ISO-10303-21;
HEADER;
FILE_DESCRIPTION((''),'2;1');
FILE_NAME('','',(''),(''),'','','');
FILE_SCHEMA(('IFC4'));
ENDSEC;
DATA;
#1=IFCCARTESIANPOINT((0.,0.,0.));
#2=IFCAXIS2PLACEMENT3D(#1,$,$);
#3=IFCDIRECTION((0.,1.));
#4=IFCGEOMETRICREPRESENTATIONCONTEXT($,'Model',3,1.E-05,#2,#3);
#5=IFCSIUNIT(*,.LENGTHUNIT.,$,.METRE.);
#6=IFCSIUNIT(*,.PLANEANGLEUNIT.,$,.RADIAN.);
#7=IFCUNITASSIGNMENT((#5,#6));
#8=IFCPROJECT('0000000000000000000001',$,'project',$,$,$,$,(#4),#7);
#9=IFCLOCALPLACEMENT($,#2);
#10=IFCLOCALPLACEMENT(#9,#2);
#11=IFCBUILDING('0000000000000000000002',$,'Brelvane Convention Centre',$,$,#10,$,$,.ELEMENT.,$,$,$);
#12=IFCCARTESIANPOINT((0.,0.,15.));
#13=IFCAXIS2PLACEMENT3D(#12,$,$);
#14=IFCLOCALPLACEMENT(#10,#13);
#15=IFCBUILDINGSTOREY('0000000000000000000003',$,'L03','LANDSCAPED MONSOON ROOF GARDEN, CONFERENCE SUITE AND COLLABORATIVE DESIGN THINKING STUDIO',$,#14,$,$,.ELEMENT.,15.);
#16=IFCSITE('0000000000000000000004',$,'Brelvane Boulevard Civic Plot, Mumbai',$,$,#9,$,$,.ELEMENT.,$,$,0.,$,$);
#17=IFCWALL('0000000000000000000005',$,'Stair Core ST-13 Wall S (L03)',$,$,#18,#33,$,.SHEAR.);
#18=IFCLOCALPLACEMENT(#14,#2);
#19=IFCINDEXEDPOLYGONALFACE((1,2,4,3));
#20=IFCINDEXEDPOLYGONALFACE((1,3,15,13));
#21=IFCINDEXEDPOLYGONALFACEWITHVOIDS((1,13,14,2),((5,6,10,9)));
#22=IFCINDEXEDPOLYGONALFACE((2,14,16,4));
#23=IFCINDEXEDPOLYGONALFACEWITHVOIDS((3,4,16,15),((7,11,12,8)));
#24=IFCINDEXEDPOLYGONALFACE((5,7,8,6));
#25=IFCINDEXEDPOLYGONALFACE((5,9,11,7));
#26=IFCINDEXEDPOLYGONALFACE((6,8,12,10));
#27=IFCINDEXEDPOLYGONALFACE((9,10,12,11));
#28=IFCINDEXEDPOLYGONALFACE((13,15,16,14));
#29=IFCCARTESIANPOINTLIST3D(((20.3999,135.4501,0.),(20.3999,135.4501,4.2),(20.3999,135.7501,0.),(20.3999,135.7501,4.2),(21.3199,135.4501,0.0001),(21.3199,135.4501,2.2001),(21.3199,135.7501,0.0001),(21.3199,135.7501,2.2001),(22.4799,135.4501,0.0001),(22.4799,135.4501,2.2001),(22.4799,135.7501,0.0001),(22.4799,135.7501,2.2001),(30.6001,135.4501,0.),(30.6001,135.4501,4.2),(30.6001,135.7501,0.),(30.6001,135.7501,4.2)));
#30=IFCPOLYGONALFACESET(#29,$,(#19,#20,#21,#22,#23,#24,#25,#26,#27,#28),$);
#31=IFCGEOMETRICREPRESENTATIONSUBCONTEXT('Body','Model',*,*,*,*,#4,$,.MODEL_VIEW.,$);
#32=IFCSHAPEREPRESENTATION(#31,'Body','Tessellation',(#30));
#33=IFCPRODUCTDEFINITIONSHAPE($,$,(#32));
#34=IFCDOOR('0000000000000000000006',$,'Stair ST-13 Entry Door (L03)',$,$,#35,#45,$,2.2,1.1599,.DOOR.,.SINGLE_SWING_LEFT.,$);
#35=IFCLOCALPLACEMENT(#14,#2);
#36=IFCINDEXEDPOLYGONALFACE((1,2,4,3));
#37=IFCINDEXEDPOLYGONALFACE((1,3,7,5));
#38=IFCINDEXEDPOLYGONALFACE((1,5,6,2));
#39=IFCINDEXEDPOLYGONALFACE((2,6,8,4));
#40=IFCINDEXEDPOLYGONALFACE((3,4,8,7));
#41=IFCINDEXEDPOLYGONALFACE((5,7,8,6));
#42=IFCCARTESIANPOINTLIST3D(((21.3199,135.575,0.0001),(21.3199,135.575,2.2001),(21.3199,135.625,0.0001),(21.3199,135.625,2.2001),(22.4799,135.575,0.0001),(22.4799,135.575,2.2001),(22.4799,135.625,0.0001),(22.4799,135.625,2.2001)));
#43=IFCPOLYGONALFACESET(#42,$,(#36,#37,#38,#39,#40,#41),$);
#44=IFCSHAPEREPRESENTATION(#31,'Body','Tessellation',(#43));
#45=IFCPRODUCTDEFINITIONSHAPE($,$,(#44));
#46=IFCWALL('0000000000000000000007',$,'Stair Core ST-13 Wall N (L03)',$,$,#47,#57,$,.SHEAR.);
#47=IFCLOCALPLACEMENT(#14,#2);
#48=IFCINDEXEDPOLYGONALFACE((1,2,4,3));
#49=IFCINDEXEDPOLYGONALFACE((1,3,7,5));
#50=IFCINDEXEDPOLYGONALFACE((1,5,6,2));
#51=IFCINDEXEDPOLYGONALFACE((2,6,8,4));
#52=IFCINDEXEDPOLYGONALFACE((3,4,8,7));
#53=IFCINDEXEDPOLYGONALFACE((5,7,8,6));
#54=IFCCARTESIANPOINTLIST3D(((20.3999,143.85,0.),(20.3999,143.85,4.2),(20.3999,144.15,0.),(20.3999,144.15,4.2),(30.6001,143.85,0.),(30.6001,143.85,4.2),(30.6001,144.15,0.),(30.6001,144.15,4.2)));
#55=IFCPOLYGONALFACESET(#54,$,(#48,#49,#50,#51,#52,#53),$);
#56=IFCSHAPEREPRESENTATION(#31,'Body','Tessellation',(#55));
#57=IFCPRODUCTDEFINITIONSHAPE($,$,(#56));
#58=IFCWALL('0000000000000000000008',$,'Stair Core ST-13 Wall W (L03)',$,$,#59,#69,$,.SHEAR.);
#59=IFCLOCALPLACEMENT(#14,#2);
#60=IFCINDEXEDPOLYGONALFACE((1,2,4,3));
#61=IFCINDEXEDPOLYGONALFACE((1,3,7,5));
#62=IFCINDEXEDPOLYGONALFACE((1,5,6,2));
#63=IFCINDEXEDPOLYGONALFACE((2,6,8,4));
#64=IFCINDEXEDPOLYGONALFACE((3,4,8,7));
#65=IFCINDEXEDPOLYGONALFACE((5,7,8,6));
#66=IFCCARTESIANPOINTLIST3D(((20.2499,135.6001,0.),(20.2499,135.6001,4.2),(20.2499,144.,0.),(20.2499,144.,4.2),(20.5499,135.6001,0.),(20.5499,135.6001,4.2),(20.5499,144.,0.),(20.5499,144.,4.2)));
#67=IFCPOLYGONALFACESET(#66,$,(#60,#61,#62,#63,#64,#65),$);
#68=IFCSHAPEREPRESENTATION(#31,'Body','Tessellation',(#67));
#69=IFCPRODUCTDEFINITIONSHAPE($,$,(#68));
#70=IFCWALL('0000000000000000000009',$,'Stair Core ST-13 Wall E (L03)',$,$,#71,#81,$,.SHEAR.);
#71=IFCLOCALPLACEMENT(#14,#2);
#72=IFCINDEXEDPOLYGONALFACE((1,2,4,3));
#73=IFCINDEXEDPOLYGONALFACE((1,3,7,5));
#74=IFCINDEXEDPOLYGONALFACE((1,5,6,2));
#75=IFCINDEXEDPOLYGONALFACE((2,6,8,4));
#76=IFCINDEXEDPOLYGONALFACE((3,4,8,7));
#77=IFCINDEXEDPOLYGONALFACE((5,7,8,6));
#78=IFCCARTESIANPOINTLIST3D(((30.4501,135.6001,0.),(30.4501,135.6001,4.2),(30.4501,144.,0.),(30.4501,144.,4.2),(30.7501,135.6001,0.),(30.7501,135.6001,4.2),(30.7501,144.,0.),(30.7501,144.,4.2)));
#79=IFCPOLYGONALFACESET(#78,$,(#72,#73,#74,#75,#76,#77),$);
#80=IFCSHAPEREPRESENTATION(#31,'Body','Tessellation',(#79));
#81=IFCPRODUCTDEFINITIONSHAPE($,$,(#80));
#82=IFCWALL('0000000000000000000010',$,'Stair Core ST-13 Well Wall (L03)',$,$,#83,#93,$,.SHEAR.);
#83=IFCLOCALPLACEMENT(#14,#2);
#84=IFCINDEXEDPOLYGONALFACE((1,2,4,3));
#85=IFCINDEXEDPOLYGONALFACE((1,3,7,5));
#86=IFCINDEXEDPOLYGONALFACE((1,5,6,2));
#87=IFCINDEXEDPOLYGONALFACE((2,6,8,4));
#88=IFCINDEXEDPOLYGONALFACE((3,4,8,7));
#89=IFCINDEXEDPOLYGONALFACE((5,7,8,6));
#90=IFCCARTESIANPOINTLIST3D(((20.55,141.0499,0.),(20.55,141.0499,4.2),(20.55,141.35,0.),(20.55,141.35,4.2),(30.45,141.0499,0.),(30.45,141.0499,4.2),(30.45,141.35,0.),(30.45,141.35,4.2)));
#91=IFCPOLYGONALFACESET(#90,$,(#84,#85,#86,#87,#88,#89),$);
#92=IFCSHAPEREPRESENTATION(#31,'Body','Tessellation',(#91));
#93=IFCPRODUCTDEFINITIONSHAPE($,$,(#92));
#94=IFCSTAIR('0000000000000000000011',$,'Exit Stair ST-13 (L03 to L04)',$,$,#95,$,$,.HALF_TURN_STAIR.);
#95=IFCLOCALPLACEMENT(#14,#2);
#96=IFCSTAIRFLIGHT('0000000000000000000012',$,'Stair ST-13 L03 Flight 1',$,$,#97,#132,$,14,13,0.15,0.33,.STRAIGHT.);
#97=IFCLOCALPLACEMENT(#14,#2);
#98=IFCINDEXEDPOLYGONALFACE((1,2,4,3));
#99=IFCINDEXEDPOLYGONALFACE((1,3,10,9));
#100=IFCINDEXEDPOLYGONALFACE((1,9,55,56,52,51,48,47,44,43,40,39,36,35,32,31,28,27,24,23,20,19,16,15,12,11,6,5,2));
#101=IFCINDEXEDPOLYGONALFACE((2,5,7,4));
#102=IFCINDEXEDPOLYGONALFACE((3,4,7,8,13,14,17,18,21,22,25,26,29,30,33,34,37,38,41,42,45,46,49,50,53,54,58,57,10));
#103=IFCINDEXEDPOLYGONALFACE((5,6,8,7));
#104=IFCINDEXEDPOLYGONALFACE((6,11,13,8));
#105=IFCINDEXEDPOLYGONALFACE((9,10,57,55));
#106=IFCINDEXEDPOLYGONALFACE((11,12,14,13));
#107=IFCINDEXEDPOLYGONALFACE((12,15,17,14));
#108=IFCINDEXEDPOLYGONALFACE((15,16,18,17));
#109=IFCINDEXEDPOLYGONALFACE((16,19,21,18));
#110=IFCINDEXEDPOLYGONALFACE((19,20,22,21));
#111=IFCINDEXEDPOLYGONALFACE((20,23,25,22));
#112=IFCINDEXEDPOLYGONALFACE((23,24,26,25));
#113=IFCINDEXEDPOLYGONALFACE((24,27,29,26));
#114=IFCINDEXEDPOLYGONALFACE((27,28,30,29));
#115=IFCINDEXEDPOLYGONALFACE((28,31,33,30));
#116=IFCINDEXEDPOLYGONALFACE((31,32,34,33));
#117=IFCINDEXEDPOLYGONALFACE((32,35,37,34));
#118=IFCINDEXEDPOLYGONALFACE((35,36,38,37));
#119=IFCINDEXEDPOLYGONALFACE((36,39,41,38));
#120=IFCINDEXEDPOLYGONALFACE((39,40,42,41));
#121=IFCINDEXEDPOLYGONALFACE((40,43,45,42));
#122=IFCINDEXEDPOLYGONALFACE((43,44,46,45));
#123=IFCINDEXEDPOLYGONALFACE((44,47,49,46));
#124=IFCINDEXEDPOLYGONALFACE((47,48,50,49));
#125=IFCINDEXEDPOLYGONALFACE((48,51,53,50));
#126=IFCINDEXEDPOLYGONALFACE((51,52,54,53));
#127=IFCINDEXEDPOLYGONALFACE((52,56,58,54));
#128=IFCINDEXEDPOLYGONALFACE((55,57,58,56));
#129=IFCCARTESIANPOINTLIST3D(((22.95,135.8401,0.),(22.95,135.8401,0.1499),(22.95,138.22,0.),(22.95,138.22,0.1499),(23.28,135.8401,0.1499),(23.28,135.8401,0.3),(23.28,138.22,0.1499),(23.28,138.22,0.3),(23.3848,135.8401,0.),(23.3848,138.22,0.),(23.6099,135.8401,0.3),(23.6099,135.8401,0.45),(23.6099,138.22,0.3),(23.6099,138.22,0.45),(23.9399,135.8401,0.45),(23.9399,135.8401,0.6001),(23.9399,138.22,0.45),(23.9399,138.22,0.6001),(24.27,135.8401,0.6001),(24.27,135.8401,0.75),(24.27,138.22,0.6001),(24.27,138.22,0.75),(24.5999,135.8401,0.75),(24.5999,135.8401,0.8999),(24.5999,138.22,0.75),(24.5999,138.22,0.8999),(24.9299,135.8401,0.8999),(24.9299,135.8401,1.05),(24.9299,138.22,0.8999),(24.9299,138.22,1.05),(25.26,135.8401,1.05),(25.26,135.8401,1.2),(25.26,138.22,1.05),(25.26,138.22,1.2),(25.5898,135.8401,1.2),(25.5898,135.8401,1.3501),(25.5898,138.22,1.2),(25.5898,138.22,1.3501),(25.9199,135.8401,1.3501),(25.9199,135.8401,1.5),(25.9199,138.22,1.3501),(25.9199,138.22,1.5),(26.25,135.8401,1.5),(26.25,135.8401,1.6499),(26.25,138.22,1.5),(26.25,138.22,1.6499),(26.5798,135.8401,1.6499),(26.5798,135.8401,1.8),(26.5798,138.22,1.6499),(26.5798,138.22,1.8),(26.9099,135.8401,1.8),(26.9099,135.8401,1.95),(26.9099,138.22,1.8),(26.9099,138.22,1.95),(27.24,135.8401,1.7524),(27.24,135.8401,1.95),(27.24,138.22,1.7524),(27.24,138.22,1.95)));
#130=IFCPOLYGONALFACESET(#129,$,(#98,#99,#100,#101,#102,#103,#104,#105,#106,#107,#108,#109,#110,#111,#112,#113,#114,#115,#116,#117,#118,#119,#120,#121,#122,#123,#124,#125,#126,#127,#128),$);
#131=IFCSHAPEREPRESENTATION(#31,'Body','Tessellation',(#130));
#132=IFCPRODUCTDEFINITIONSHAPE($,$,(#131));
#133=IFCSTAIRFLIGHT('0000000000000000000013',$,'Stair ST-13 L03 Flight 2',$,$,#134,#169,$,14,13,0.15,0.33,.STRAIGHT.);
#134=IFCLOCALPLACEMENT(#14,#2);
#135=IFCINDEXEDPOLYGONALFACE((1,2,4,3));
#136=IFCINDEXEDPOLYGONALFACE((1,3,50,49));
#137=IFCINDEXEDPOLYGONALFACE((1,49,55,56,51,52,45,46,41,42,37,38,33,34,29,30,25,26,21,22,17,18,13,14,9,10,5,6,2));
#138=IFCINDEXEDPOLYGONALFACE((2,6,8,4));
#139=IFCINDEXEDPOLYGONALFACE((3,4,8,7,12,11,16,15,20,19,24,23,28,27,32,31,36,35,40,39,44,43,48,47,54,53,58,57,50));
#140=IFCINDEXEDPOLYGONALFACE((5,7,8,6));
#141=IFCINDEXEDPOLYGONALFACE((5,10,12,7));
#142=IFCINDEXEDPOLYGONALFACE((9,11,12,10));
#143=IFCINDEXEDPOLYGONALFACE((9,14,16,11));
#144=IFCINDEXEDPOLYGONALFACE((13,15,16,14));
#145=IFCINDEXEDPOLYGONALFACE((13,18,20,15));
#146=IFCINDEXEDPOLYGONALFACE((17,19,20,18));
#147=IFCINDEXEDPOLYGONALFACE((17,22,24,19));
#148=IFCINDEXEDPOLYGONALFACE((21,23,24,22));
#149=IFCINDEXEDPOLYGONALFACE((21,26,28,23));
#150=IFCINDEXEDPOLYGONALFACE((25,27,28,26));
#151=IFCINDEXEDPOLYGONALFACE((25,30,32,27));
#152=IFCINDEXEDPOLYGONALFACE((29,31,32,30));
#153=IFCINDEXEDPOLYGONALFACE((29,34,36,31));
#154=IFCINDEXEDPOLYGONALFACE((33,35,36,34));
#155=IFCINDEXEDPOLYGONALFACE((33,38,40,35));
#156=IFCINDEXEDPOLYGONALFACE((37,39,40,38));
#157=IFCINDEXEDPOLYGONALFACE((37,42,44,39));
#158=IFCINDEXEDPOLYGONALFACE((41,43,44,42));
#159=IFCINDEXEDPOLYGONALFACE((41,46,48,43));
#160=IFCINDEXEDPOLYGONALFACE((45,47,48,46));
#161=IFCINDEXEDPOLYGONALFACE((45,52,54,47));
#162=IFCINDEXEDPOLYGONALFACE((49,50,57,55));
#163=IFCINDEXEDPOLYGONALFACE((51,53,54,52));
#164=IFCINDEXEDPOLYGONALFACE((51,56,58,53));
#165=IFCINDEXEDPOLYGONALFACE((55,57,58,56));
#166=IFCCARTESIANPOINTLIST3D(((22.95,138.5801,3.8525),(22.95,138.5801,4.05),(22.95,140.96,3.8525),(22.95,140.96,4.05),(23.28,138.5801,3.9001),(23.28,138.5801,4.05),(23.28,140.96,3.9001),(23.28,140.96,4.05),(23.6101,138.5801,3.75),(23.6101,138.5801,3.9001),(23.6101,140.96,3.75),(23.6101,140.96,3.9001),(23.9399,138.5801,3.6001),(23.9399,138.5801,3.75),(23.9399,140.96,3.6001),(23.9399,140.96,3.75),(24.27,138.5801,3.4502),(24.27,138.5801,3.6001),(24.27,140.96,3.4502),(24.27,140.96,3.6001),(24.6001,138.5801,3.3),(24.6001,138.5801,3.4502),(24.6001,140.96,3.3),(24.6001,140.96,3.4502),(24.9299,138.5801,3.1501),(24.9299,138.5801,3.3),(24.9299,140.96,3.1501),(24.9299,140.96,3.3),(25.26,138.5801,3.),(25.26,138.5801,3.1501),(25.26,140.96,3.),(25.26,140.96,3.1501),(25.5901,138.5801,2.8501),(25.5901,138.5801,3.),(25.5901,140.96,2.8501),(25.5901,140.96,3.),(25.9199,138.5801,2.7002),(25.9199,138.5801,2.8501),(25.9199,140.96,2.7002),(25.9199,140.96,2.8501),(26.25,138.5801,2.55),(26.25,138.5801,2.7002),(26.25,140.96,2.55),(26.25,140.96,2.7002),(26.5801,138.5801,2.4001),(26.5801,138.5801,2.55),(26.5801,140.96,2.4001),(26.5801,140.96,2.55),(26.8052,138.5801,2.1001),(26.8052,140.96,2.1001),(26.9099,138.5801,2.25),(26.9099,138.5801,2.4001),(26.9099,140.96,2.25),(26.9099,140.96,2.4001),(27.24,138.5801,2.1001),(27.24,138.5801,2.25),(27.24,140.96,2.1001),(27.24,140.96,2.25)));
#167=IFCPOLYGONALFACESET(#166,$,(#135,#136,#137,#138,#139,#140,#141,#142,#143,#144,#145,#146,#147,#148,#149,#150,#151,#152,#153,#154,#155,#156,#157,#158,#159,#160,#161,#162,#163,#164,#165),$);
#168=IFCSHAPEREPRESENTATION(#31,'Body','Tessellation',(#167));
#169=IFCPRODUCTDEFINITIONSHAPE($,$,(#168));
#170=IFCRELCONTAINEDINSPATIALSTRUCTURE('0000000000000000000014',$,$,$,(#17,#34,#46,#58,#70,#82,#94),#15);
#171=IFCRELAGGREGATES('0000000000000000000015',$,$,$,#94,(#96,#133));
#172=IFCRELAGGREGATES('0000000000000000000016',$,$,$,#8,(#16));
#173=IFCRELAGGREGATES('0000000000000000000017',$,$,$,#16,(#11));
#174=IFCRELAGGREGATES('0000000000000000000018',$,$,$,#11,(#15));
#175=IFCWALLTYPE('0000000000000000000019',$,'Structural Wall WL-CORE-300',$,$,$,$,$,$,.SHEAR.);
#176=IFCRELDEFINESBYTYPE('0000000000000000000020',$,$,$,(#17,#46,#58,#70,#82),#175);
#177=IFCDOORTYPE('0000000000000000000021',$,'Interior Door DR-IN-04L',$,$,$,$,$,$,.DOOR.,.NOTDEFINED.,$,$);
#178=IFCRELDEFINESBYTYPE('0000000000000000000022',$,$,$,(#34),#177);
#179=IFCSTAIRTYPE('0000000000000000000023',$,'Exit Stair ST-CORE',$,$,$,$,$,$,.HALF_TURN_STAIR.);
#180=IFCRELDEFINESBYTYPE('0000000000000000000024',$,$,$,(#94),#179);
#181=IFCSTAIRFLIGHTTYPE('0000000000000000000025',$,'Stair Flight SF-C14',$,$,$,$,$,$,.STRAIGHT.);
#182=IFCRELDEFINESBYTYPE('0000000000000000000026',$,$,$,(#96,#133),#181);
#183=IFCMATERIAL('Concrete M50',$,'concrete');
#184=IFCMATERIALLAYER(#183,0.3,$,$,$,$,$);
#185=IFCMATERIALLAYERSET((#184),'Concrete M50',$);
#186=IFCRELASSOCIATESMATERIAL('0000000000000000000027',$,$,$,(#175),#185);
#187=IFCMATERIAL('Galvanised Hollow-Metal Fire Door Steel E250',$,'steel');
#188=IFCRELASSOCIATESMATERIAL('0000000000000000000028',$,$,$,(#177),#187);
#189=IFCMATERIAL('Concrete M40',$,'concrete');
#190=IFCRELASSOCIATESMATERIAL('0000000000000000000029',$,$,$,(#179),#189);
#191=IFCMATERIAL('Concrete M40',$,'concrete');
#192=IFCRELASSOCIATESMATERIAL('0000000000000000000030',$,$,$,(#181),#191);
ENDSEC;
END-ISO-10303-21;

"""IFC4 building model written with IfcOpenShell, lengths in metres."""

from ifc_helpers import new_model, si_unit, direction, frame, frame_2d, origin, place, context, subcontext, project, spatial, polyline, rectangle, outline, extrude, material, layer, layer_set, type_object, element, fill, aggregate, save


model = new_model("IFC4")

# Units and contexts
model_context = context("Model", 3, precision=1e-05, world=origin(), true_north=direction((0.0, 1.0)))
body_context = subcontext(model_context, "Body", "Model", "MODEL_VIEW")
ifc_project = project(units=[si_unit("LENGTHUNIT", "METRE"), si_unit("PLANEANGLEUNIT", "RADIAN")], contexts=[model_context])

# Site, building, storey
site_placement = place(None, origin())
site = spatial("IfcSite", under=ifc_project, at=site_placement, Name="Brelvane Boulevard Civic Plot, Mumbai", CompositionType="ELEMENT", RefElevation=0.0)
building_placement = place(site_placement, origin())
building = spatial("IfcBuilding", under=site, at=building_placement, Name="Brelvane Convention Centre", CompositionType="ELEMENT")
storey_placement = place(building_placement, frame((0.0, 0.0, 15.0)))
storey = spatial("IfcBuildingStorey", under=building, at=storey_placement, Name="L03", Description="LANDSCAPED MONSOON ROOF GARDEN, CONFERENCE SUITE AND COLLABORATIVE DESIGN THINKING STUDIO", CompositionType="ELEMENT", Elevation=15.0)

# Wall, opening, door
ifc_material_1 = material(Name="Concrete M50", Category="concrete")
ifc_layer_1 = layer(ifc_material_1, 0.3)
ifc_layer_set_1 = layer_set([ifc_layer_1], Name="Concrete M50")
wall_type = type_object("IfcWallType", Name="Structural Wall WL-CORE-300", PredefinedType="SHEAR", material=ifc_layer_set_1)
wall_1_placement = place(storey_placement, frame((20.3999, 135.6001, 0.0), z_axis=(0.0, 0.0, 1.0), x_axis=(1.0, 0.0, 0.0)))
wall_1 = element("IfcWall", 1, at=wall_1_placement, inside=storey, type_object=wall_type, Name="Stair Core ST-13 Wall S (L03)", PredefinedType="SHEAR", context=body_context, shape_type="SweptSolid", body=[
    extrude(rectangle(XDim=10.2002, YDim=0.3, at=frame_2d((5.1001, 0.0))), origin(), (0.0, 0.0, 1.0), 4.2),
])
opening_placement = place(wall_1_placement, frame((0.9199, 0.0, 0.0)))
opening = element("IfcOpeningElement", 2, at=opening_placement, cuts=wall_1, PredefinedType="OPENING", context=body_context, shape_type="SweptSolid", body=[
    extrude(rectangle(XDim=1.1599, YDim=2.2, at=frame_2d((0.5801, 1.1001))), frame((0.0, 0.1599, 0.0), z_axis=(0.0, -1.0, 0.0), x_axis=(1.0, 0.0, 0.0)), (0.0, 0.0, 1.0), 0.3201),
])
ifc_material_2 = material(Name="Galvanised Hollow-Metal Fire Door Steel E250", Category="steel")
door_type = type_object("IfcDoorType", Name="Interior Door DR-IN-04L", OperationType="NOTDEFINED", PredefinedType="DOOR", material=ifc_material_2)
door_placement = place(opening_placement, origin())
door = element("IfcDoor", 3, at=door_placement, inside=storey, type_object=door_type, Name="Stair ST-13 Entry Door (L03)", OperationType="SINGLE_SWING_LEFT", OverallHeight=2.2, OverallWidth=1.1599, PredefinedType="DOOR", context=body_context, shape_type="SweptSolid", body=[
    extrude(rectangle(XDim=1.1599, YDim=2.2, at=frame_2d((0.5801, 1.1001))), frame((0.0, 0.0249, 0.0), z_axis=(0.0, -1.0, 0.0), x_axis=(1.0, 0.0, 0.0)), (0.0, 0.0, 1.0), 0.05),
])
fill(opening, door)

# Walls
wall_2_placement = place(storey_placement, frame((20.3999, 144.0, 0.0), z_axis=(0.0, 0.0, 1.0), x_axis=(1.0, 0.0, 0.0)))
element("IfcWall", 4, at=wall_2_placement, inside=storey, type_object=wall_type, Name="Stair Core ST-13 Wall N (L03)", PredefinedType="SHEAR", context=body_context, shape_type="SweptSolid", body=[
    extrude(rectangle(XDim=10.2002, YDim=0.3, at=frame_2d((5.1001, 0.0))), origin(), (0.0, 0.0, 1.0), 4.2),
])
for number, where, z_axis, x_axis, name in (
    (5, (20.3999, 135.6001, 0.0), (0.0, 0.0, 1.0), (0.0, 1.0, 0.0), "Stair Core ST-13 Wall W (L03)"),
    (6, (30.6001, 135.6001, 0.0), (0.0, 0.0, 1.0), (0.0, 1.0, 0.0), "Stair Core ST-13 Wall E (L03)"),
):
    element("IfcWall", number, at=place(storey_placement, frame(where, z_axis=z_axis, x_axis=x_axis)), inside=storey, type_object=wall_type, Name=name, PredefinedType="SHEAR", context=body_context, shape_type="SweptSolid", body=[
        extrude(rectangle(XDim=8.3999, YDim=0.3, at=frame_2d((4.2, 0.0))), origin(), (0.0, 0.0, 1.0), 4.2),
    ])
wall_3_placement = place(storey_placement, frame((20.55, 141.2, 0.0), z_axis=(0.0, 0.0, 1.0), x_axis=(1.0, 0.0, 0.0)))
element("IfcWall", 7, at=wall_3_placement, inside=storey, type_object=wall_type, Name="Stair Core ST-13 Well Wall (L03)", PredefinedType="SHEAR", context=body_context, shape_type="SweptSolid", body=[
    extrude(rectangle(XDim=9.8999, YDim=0.3, at=frame_2d((4.95, 0.0))), origin(), (0.0, 0.0, 1.0), 4.2),
])

# Stair, stair flights
ifc_material_3 = material(Name="Concrete M40", Category="concrete")
stair_type = type_object("IfcStairType", Name="Exit Stair ST-CORE", PredefinedType="HALF_TURN_STAIR", material=ifc_material_3)
stair_placement = place(storey_placement, origin())
stair = element("IfcStair", 8, at=stair_placement, inside=storey, type_object=stair_type, Name="Exit Stair ST-13 (L03 to L04)", PredefinedType="HALF_TURN_STAIR")
ifc_material_4 = material(Name="Concrete M40", Category="concrete")
stair_flight_type = type_object("IfcStairFlightType", Name="Stair Flight SF-C14", PredefinedType="STRAIGHT", material=ifc_material_4)
stair_flight_1_placement = place(storey_placement, frame((22.95, 137.03, 0.0), z_axis=(0.0, 0.0, 1.0), x_axis=(1.0, 0.0, 0.0)))
stair_flight_1 = element("IfcStairFlight", 9, at=stair_flight_1_placement, type_object=stair_flight_type, Name="Stair ST-13 L03 Flight 1", NumberOfRisers=14, NumberOfTreads=13, PredefinedType="STRAIGHT", RiserHeight=0.15, TreadLength=0.33, context=body_context, shape_type="SweptSolid", body=[
    extrude(outline(polyline([(0.0, 0.0), (0.0, 0.1499), (0.3301, 0.1499), (0.3301, 0.3), (0.6599, 0.3), (0.6599, 0.45), (0.99, 0.45), (0.99, 0.6001), (1.3201, 0.6001), (1.3201, 0.75), (1.6499, 0.75), (1.6499, 0.8999), (1.98, 0.8999), (1.98, 1.05), (2.3101, 1.05), (2.3101, 1.2), (2.6399, 1.2), (2.6399, 1.3501), (2.97, 1.3501), (2.97, 1.5), (3.3, 1.5), (3.3, 1.6499), (3.6299, 1.6499), (3.6299, 1.8), (3.96, 1.8), (3.96, 1.95), (4.29, 1.95), (4.29, 2.1001), (4.29, 1.7524), (0.4348, 0.0), (0.0, 0.0)])), frame((0.0, 1.1899, 0.0), z_axis=(0.0, -1.0, 0.0), x_axis=(1.0, 0.0, 0.0)), (0.0, 0.0, 1.0), 2.3799),
])
stair_flight_2_placement = place(storey_placement, frame((27.24, 139.77, 2.1001), z_axis=(0.0, 0.0, 1.0), x_axis=(-1.0, 0.0, 0.0)))
stair_flight_2 = element("IfcStairFlight", 10, at=stair_flight_2_placement, type_object=stair_flight_type, Name="Stair ST-13 L03 Flight 2", NumberOfRisers=14, NumberOfTreads=13, PredefinedType="STRAIGHT", RiserHeight=0.15, TreadLength=0.33, context=body_context, shape_type="SweptSolid", body=[
    extrude(outline(polyline([(0.0, 0.0), (0.0, 0.1499), (0.3301, 0.1499), (0.3301, 0.3), (0.6599, 0.3), (0.6599, 0.45), (0.99, 0.45), (0.99, 0.6001), (1.3201, 0.6001), (1.3201, 0.75), (1.6499, 0.75), (1.6499, 0.8999), (1.98, 0.8999), (1.98, 1.05), (2.3101, 1.05), (2.3101, 1.2), (2.6399, 1.2), (2.6399, 1.3501), (2.97, 1.3501), (2.97, 1.5), (3.3, 1.5), (3.3, 1.6499), (3.6299, 1.6499), (3.6299, 1.8), (3.96, 1.8), (3.96, 1.95), (4.29, 1.95), (4.29, 2.1001), (4.29, 1.7524), (0.4348, 0.0), (0.0, 0.0)])), frame((0.0, 1.1899, 0.0), z_axis=(0.0, -1.0, 0.0), x_axis=(1.0, 0.0, 0.0)), (0.0, 0.0, 1.0), 2.3799),
])
aggregate(stair, [stair_flight_1, stair_flight_2])

save(model, "model.ifc")
